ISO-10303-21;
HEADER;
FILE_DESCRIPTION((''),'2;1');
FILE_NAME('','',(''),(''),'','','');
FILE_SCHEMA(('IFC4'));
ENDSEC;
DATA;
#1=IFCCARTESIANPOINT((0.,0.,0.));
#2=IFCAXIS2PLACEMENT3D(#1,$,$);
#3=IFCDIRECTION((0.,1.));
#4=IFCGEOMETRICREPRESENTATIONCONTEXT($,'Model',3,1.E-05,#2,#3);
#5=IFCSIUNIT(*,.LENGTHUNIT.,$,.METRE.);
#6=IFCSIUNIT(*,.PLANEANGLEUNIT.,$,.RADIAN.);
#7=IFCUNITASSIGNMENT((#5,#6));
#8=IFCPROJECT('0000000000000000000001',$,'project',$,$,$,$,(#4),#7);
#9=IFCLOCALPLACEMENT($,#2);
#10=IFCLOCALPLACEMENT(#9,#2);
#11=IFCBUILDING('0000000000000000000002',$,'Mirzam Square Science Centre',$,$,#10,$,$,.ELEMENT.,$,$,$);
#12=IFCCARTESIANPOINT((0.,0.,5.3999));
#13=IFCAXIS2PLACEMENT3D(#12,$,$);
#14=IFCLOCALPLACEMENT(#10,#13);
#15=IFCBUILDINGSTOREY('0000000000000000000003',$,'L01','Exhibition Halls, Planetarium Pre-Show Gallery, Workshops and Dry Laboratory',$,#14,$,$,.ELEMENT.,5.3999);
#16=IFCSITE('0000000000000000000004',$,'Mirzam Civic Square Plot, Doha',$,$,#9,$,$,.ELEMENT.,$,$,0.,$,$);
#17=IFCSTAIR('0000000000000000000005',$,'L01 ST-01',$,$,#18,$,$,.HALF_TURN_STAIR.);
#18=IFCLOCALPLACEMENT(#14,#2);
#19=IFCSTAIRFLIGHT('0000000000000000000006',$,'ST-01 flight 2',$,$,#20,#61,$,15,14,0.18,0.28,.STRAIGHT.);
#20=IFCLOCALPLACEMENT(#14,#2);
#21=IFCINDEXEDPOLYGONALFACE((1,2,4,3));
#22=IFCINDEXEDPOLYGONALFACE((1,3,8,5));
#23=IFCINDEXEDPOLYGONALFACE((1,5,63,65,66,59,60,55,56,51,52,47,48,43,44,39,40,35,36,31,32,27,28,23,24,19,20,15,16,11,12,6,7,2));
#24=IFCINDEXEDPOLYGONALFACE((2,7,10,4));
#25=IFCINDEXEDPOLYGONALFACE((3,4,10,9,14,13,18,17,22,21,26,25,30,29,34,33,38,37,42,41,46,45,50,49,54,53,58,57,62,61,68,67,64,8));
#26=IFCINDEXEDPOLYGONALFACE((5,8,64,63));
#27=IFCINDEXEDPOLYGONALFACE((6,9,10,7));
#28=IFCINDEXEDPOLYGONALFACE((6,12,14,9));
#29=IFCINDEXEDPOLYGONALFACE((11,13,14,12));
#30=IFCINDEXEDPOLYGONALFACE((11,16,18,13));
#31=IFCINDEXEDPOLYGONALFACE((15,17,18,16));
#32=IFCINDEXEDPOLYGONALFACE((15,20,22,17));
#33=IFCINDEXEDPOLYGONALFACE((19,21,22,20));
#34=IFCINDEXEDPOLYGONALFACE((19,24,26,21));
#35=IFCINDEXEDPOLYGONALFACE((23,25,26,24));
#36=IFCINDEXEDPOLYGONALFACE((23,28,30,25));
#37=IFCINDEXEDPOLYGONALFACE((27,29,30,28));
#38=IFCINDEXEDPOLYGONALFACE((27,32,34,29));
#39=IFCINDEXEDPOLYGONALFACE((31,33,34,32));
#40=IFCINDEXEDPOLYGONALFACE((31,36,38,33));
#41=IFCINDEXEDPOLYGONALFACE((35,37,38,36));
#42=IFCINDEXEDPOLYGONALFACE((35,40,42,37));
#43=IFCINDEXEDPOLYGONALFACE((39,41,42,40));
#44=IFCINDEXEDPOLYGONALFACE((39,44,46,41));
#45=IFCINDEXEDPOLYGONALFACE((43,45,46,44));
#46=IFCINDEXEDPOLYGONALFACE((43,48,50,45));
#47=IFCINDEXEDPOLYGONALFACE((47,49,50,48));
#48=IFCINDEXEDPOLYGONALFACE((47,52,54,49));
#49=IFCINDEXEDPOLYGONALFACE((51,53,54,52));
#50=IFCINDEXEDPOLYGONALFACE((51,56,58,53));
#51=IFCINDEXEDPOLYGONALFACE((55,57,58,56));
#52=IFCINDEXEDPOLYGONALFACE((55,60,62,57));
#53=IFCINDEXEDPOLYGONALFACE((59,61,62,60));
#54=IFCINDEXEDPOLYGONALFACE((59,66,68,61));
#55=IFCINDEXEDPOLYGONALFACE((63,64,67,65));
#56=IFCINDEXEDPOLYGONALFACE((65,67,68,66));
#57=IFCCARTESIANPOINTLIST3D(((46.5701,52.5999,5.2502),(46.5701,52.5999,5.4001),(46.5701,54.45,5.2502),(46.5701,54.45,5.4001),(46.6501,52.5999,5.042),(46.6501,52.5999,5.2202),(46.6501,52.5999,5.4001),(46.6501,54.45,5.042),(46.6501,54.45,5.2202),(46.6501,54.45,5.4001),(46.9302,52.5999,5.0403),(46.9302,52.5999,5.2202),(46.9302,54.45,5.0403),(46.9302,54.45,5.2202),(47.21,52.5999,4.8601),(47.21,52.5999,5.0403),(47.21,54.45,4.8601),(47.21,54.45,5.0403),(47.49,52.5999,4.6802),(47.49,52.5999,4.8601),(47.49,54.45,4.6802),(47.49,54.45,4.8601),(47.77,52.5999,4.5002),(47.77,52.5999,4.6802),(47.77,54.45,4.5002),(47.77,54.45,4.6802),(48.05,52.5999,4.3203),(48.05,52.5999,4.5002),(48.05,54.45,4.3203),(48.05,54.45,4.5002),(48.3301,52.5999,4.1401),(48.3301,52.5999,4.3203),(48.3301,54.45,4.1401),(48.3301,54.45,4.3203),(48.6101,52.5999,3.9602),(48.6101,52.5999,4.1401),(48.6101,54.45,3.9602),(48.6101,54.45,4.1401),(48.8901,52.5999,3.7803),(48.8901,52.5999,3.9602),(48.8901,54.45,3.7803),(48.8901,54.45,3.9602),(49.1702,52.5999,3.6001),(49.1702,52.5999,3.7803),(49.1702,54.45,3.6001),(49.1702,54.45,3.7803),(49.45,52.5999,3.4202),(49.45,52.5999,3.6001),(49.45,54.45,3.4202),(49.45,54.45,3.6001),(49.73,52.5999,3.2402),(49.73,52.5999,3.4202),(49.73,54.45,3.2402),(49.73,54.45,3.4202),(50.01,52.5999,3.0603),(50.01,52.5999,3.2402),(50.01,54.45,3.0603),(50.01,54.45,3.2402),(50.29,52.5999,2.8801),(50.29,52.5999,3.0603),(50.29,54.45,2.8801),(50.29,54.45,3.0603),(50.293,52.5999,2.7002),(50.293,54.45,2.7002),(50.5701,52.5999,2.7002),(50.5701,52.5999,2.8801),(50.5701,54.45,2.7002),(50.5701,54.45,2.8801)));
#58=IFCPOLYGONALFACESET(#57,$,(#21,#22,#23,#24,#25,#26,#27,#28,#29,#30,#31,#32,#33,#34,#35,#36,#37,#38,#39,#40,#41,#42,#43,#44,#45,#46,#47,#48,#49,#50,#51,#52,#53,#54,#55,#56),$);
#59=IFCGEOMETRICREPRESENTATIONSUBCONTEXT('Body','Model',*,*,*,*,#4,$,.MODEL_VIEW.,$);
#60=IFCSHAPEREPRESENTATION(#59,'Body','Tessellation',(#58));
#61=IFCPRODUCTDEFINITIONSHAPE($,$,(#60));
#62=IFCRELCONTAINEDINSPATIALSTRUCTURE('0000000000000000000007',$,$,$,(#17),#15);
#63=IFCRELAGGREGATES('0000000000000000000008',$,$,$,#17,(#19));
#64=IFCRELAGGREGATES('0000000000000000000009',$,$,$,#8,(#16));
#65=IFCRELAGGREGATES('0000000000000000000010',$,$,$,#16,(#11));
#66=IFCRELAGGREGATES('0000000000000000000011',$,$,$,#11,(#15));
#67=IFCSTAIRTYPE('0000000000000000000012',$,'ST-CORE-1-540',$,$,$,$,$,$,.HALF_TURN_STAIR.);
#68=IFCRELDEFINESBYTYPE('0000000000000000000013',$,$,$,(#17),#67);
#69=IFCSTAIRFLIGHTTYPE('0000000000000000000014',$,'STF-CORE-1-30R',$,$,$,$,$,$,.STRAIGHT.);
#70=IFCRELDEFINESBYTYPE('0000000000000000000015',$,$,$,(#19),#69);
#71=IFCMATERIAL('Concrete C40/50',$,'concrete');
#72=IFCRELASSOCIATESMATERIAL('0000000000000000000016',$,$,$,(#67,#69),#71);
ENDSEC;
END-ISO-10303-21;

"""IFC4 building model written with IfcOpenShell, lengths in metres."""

from ifc_helpers import new_model, si_unit, direction, frame, origin, place, context, subcontext, project, spatial, polyline, outline, extrude, material, type_object, element, aggregate, save


model = new_model("IFC4")

# Units and contexts
model_context = context("Model", 3, precision=1e-05, world=origin(), true_north=direction((0.0, 1.0)))
body_context = subcontext(model_context, "Body", "Model", "MODEL_VIEW")
ifc_project = project(units=[si_unit("LENGTHUNIT", "METRE"), si_unit("PLANEANGLEUNIT", "RADIAN")], contexts=[model_context])

# Site, building, storey
site_placement = place(None, origin())
site = spatial("IfcSite", under=ifc_project, at=site_placement, Name="Mirzam Civic Square Plot, Doha", CompositionType="ELEMENT", RefElevation=0.0)
building_placement = place(site_placement, origin())
building = spatial("IfcBuilding", under=site, at=building_placement, Name="Mirzam Square Science Centre", CompositionType="ELEMENT")
storey_placement = place(building_placement, frame((0.0, 0.0, 5.3999)))
storey = spatial("IfcBuildingStorey", under=building, at=storey_placement, Name="L01", Description="Exhibition Halls, Planetarium Pre-Show Gallery, Workshops and Dry Laboratory", CompositionType="ELEMENT", Elevation=5.3999)

# Stair, stair flight
ifc_material_1 = material(Name="Concrete C40/50", Category="concrete")
stair_type = type_object("IfcStairType", Name="ST-CORE-1-540", PredefinedType="HALF_TURN_STAIR", material=ifc_material_1)
stair_placement = place(storey_placement, origin())
stair = element("IfcStair", 1, at=stair_placement, inside=storey, type_object=stair_type, Name="L01 ST-01", PredefinedType="HALF_TURN_STAIR")
stair_flight_type = type_object("IfcStairFlightType", Name="STF-CORE-1-30R", PredefinedType="STRAIGHT", material=ifc_material_1)
stair_flight_1_placement = place(storey_placement, frame((50.5701, 53.5249, 2.7002), z_axis=(0.0, 0.0, 1.0), x_axis=(-1.0, 0.0, 0.0)))
stair_flight_1 = element("IfcStairFlight", 2, at=stair_flight_1_placement, type_object=stair_flight_type, Name="ST-01 flight 2", NumberOfRisers=15, NumberOfTreads=14, PredefinedType="STRAIGHT", RiserHeight=0.18, TreadLength=0.28, context=body_context, shape_type="SweptSolid", body=[
    extrude(outline(polyline([(0.0, 0.0), (0.0, 0.1799), (0.28, 0.1799), (0.28, 0.3601), (0.5601, 0.3601), (0.5601, 0.54), (0.8401, 0.54), (0.8401, 0.72), (1.1201, 0.72), (1.1201, 0.8999), (1.3999, 0.8999), (1.3999, 1.0801), (1.6799, 1.0801), (1.6799, 1.26), (1.96, 1.26), (1.96, 1.4399), (2.24, 1.4399), (2.24, 1.6201), (2.52, 1.6201), (2.52, 1.8), (2.8, 1.8), (2.8, 1.98), (3.0801, 1.98), (3.0801, 2.1599), (3.3601, 2.1599), (3.3601, 2.3401), (3.6399, 2.3401), (3.6399, 2.52), (3.9199, 2.52), (3.9199, 2.7), (4.0, 2.7), (4.0, 2.55), (3.9199, 2.3418), (0.2771, 0.0), (0.0, 0.0)])), frame((0.0, 0.925, 0.0), z_axis=(0.0, -1.0, 0.0), x_axis=(1.0, 0.0, 0.0)), (0.0, 0.0, 1.0), 1.8501),
])
aggregate(stair, [stair_flight_1])

save(model, "model.ifc")
